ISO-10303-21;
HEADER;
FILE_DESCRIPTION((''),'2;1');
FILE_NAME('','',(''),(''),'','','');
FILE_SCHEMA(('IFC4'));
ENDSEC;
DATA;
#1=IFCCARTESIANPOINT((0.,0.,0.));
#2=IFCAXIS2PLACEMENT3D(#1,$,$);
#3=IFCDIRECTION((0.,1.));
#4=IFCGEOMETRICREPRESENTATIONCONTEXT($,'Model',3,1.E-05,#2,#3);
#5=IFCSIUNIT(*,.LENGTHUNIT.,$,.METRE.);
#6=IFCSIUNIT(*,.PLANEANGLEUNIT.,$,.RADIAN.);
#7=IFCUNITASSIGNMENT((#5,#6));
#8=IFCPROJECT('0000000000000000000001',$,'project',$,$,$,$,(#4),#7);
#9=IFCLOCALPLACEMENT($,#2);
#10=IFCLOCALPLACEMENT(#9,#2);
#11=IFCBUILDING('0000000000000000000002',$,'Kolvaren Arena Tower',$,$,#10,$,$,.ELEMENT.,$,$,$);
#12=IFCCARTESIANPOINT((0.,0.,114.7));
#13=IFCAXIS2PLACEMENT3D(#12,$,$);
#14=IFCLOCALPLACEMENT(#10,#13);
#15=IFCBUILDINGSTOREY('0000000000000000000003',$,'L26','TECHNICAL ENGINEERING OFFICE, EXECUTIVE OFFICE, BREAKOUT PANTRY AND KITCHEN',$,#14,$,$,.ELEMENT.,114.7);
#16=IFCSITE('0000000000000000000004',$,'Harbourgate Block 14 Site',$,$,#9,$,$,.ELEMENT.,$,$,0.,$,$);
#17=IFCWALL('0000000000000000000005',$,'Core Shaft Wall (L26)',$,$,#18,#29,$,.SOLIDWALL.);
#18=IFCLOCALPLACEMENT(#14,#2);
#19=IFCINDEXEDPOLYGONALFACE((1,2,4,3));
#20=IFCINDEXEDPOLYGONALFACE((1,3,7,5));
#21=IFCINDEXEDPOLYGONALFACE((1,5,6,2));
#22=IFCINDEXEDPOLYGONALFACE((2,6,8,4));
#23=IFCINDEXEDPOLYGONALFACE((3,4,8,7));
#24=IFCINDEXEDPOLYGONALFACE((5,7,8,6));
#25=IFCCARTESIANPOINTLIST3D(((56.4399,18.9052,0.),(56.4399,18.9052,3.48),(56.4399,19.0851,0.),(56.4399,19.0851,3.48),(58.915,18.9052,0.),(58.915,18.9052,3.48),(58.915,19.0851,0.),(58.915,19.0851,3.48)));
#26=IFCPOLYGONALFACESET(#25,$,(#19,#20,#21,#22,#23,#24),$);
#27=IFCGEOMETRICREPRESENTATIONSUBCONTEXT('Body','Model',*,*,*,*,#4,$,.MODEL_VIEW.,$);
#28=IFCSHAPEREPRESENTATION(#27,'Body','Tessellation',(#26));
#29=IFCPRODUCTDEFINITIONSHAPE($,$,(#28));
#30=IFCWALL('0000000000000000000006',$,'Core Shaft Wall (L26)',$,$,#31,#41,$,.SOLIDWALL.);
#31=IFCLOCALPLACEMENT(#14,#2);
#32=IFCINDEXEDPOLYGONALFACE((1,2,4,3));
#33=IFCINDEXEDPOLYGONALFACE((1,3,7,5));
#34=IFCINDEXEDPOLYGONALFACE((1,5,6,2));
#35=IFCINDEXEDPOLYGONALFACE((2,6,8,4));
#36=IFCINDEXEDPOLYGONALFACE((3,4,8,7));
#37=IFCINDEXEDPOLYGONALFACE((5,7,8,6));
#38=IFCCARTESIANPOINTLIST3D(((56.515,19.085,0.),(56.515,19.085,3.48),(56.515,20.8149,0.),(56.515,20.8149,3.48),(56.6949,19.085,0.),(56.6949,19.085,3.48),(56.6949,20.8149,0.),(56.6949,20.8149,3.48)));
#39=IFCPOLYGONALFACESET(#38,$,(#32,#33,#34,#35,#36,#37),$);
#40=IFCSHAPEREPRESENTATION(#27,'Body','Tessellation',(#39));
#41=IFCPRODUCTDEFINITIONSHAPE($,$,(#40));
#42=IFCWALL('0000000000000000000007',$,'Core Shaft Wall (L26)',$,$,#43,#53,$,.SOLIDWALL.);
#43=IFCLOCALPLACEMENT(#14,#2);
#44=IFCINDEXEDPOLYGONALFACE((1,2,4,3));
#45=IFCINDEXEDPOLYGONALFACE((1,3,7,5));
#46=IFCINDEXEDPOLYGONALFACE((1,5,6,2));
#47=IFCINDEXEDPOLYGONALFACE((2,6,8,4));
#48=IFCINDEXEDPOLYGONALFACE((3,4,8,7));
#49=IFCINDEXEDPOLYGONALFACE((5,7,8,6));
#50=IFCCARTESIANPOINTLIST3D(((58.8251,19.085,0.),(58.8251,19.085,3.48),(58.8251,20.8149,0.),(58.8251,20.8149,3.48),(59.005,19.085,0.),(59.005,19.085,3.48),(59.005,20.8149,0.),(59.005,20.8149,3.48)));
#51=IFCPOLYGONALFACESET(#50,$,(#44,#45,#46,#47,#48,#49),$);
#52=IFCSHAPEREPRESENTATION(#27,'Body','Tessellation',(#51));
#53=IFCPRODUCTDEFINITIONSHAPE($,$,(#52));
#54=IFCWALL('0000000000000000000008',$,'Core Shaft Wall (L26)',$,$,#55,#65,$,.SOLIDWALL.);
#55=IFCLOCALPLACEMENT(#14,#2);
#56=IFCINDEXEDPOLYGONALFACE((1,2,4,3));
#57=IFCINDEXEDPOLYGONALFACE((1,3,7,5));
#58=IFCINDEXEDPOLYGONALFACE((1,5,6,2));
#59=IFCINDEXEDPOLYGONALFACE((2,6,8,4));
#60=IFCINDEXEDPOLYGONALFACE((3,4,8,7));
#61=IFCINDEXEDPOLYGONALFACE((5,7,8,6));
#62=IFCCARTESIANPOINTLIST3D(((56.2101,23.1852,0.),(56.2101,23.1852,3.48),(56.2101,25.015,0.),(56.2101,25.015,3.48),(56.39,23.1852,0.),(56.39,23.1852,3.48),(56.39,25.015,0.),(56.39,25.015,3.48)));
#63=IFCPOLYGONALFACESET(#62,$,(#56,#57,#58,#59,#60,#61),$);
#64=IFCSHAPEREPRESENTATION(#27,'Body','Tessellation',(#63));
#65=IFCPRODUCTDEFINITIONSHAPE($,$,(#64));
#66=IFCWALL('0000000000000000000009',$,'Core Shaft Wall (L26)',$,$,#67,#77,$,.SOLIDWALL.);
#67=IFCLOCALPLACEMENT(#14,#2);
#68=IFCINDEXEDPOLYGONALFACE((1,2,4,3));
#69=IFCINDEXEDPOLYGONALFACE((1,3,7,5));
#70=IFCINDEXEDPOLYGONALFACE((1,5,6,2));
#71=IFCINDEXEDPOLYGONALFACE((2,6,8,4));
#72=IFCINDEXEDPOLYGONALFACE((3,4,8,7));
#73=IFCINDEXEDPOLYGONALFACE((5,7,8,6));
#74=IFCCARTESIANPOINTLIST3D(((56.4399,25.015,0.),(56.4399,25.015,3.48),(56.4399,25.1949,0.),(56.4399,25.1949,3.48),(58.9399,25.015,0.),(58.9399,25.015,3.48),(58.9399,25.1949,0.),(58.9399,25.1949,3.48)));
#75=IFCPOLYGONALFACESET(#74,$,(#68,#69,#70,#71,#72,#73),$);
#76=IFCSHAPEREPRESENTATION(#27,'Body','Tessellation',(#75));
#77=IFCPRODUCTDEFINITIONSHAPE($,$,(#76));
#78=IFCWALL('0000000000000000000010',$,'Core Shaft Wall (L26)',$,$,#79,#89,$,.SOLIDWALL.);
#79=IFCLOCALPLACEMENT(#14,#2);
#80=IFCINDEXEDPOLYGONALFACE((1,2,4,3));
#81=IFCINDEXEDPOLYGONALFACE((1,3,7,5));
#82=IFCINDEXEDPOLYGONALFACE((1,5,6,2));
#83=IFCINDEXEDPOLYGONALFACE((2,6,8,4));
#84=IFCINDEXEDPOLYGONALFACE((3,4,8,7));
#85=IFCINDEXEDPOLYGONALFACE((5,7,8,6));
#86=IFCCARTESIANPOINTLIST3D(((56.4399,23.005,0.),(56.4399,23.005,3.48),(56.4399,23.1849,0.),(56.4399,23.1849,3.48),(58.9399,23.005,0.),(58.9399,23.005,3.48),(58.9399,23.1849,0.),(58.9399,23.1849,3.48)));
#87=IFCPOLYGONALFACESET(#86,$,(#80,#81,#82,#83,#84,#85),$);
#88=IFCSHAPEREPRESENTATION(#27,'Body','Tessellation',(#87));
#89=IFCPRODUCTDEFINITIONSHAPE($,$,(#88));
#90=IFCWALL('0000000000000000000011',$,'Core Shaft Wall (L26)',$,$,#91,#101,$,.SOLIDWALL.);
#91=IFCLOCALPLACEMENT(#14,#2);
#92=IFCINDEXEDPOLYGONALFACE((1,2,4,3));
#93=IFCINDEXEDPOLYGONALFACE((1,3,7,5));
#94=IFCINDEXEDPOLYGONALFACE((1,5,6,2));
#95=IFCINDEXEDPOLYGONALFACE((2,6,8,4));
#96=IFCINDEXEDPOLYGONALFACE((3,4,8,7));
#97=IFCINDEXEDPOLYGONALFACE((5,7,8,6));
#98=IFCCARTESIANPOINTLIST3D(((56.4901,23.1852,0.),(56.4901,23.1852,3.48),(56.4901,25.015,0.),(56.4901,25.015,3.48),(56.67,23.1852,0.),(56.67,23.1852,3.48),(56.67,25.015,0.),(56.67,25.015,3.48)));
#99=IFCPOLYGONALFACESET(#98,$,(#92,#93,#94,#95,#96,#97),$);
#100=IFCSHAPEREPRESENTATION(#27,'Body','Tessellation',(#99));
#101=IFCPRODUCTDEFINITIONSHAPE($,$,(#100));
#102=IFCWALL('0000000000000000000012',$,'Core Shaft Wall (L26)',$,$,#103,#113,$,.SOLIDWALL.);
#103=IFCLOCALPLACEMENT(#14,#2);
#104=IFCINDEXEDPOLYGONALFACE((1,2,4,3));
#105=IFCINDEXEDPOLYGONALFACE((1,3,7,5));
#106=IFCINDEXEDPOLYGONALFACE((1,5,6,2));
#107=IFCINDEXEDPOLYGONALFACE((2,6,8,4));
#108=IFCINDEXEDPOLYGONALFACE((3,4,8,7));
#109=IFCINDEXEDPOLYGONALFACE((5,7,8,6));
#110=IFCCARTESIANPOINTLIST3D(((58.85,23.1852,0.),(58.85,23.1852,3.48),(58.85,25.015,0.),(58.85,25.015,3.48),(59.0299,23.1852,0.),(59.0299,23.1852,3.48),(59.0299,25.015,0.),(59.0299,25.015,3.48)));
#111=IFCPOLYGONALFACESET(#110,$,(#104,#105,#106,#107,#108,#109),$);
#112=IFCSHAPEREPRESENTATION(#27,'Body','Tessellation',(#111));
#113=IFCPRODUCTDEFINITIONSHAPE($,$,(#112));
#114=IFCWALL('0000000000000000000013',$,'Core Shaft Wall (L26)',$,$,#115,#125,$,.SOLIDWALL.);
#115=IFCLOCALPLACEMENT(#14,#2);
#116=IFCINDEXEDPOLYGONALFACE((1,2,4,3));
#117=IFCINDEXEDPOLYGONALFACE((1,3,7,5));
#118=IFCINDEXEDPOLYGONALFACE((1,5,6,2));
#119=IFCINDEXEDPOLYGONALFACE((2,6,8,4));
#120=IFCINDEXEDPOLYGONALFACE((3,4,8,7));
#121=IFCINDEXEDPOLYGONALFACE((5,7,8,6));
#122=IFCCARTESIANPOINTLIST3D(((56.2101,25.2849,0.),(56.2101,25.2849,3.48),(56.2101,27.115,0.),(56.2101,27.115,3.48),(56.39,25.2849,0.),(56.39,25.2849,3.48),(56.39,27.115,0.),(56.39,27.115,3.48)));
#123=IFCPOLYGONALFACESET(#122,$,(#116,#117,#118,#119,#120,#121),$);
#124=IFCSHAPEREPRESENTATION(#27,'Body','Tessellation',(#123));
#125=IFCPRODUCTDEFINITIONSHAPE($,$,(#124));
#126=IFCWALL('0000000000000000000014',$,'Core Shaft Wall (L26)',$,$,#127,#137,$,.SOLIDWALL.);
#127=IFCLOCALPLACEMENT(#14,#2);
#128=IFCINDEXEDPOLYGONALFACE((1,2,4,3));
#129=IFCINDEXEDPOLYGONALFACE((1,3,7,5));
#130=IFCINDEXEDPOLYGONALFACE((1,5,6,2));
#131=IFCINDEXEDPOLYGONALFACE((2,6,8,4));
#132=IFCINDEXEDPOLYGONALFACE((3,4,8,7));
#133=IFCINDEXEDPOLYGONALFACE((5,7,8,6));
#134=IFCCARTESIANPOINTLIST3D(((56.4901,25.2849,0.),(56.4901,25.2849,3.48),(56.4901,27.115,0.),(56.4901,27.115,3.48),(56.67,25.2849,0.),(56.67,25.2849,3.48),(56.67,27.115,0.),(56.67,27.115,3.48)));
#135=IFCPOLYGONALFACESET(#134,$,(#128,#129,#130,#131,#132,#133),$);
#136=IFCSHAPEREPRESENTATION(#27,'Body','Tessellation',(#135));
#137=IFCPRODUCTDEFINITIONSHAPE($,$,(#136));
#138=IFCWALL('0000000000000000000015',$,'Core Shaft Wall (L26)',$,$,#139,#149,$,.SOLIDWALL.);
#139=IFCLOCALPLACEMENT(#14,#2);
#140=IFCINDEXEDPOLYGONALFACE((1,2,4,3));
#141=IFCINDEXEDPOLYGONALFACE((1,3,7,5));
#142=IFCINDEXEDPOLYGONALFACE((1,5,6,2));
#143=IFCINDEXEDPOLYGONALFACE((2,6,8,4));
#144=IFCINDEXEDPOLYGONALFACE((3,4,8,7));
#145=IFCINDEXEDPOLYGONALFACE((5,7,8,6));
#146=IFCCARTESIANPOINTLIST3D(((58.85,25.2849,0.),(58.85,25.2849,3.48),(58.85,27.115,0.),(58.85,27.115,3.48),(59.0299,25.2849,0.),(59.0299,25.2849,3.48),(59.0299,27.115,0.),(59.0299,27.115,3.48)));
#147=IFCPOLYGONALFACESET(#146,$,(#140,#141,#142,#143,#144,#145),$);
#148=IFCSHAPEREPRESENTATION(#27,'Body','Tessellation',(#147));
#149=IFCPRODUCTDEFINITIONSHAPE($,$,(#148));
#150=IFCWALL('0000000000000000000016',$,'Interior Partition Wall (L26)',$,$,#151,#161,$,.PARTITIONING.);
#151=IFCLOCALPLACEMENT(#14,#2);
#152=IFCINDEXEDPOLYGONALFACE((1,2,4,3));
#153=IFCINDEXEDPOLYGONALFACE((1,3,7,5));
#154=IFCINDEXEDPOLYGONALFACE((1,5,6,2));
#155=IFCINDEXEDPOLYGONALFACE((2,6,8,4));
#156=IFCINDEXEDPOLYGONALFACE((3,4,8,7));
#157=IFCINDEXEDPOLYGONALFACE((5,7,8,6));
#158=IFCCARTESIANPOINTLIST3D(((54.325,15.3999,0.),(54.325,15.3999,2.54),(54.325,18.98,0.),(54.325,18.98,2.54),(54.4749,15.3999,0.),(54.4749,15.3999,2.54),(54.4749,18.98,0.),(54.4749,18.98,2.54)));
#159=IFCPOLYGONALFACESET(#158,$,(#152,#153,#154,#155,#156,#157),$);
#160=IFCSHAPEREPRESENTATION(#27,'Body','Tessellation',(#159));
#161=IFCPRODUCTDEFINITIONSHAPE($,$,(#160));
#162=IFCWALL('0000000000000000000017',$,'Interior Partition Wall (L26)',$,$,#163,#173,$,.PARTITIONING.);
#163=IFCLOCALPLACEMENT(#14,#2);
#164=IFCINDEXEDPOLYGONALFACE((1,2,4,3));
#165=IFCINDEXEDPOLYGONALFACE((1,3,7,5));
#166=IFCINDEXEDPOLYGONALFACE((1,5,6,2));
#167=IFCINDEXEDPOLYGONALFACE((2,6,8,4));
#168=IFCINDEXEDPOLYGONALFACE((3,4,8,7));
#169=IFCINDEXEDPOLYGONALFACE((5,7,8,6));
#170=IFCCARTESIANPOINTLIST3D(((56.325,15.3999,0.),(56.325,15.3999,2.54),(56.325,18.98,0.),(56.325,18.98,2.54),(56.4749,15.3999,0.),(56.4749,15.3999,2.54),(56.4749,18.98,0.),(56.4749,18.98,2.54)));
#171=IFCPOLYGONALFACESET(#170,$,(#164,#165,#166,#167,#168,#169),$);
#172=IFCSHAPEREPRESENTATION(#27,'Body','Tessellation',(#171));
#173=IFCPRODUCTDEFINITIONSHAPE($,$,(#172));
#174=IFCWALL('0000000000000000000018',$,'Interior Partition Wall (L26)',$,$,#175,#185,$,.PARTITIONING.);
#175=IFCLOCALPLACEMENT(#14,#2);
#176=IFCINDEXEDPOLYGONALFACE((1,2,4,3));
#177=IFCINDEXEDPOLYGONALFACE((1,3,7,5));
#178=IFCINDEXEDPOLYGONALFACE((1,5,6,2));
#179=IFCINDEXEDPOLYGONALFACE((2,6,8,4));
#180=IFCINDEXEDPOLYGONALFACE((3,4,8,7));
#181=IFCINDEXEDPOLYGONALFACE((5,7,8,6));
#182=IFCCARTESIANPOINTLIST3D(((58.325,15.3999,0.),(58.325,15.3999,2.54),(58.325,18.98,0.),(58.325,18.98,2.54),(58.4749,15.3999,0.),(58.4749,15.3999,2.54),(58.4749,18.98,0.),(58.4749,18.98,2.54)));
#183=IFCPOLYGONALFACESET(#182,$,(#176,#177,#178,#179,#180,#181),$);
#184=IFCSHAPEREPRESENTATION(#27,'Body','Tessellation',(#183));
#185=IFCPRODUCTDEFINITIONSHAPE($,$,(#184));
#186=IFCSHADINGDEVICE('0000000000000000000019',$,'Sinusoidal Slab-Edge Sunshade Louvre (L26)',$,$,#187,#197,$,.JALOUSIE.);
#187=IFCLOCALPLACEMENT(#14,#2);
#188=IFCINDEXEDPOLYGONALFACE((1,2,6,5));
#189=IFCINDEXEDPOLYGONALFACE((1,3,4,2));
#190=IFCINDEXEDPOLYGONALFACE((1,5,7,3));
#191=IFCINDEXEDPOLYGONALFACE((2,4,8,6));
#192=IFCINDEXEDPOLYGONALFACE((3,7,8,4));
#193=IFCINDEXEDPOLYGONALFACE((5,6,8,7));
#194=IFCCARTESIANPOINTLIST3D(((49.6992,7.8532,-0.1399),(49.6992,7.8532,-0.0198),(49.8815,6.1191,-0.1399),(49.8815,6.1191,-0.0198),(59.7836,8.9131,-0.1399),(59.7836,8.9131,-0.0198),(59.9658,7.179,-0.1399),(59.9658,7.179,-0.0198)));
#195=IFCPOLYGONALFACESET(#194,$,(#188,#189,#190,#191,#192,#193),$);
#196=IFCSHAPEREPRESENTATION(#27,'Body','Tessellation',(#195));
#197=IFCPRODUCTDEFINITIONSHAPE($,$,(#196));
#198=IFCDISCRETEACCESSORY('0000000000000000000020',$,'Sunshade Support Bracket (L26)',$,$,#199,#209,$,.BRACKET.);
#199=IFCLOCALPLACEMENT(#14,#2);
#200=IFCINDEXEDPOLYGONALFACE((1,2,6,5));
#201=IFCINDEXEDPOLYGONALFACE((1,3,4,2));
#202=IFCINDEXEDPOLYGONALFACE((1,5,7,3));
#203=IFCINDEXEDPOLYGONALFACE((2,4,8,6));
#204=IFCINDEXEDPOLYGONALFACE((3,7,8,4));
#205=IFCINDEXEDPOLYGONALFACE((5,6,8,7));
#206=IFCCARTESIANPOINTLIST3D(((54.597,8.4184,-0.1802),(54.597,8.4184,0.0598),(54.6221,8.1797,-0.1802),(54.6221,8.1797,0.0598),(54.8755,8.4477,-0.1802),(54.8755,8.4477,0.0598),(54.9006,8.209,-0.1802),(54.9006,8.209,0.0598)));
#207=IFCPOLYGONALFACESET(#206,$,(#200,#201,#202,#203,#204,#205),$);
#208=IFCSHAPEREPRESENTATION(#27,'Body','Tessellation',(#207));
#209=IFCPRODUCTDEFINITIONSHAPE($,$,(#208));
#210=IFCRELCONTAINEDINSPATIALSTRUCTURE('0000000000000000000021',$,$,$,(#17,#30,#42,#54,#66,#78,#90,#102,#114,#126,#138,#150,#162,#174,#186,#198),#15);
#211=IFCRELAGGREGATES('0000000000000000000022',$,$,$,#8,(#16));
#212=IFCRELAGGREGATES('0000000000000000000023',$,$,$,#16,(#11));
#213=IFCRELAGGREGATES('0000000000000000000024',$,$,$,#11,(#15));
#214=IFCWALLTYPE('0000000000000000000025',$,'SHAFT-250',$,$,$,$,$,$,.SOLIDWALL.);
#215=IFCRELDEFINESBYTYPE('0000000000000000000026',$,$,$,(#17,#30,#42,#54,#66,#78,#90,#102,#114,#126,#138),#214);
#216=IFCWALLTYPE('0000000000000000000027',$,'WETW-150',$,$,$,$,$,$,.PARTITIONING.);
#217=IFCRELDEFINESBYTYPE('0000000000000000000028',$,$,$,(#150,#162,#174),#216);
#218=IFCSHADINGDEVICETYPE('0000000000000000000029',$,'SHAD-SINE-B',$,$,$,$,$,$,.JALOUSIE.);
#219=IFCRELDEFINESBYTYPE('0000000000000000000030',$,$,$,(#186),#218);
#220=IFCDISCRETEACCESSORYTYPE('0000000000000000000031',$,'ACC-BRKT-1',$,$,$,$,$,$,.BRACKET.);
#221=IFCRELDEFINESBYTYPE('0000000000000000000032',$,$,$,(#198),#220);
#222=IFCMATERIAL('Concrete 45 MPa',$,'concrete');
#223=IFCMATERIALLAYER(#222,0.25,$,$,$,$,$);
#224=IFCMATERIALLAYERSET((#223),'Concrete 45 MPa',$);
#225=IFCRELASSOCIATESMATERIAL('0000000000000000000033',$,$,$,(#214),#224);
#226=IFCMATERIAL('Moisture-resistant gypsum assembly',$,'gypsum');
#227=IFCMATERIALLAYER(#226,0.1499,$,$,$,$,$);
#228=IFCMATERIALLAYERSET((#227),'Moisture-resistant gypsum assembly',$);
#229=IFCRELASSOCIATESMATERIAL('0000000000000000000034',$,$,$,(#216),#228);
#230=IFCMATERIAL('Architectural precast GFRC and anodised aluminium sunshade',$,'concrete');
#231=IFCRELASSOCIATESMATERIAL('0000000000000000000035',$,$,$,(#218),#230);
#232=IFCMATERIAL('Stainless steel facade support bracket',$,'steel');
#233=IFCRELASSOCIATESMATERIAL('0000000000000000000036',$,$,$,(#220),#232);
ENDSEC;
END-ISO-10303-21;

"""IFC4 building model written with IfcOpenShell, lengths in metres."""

from ifc_helpers import new_model, si_unit, direction, frame, frame_2d, origin, origin_2d, place, context, subcontext, project, spatial, rectangle, extrude, material, layer, layer_set, type_object, element, save


model = new_model("IFC4")

# Units and contexts
model_context = context("Model", 3, precision=1e-05, world=origin(), true_north=direction((0.0, 1.0)))
body_context = subcontext(model_context, "Body", "Model", "MODEL_VIEW")
ifc_project = project(units=[si_unit("LENGTHUNIT", "METRE"), si_unit("PLANEANGLEUNIT", "RADIAN")], contexts=[model_context])

# Site, building, storey
site_placement = place(None, origin())
site = spatial("IfcSite", under=ifc_project, at=site_placement, Name="Harbourgate Block 14 Site", CompositionType="ELEMENT", RefElevation=0.0)
building_placement = place(site_placement, origin())
building = spatial("IfcBuilding", under=site, at=building_placement, Name="Kolvaren Arena Tower", CompositionType="ELEMENT")
storey_placement = place(building_placement, frame((0.0, 0.0, 114.7)))
storey = spatial("IfcBuildingStorey", under=building, at=storey_placement, Name="L26", Description="TECHNICAL ENGINEERING OFFICE, EXECUTIVE OFFICE, BREAKOUT PANTRY AND KITCHEN", CompositionType="ELEMENT", Elevation=114.7)

# Shared definitions
ifc_material_1 = material(Name="Concrete 45 MPa", Category="concrete")
ifc_layer_1 = layer(ifc_material_1, 0.25)
ifc_layer_set_1 = layer_set([ifc_layer_1], Name="Concrete 45 MPa")
wall_type_1 = type_object("IfcWallType", Name="SHAFT-250", PredefinedType="SOLIDWALL", material=ifc_layer_set_1)

# Walls
wall_1_placement = place(storey_placement, frame((56.4399, 18.9951, 0.0), z_axis=(0.0, 0.0, 1.0), x_axis=(1.0, 0.0, 0.0)))
element("IfcWall", 1, at=wall_1_placement, inside=storey, type_object=wall_type_1, Name="Core Shaft Wall (L26)", PredefinedType="SOLIDWALL", context=body_context, shape_type="SweptSolid", body=[
    extrude(rectangle(XDim=2.4751, YDim=0.1799, at=frame_2d((1.2375, 0.0))), origin(), (0.0, 0.0, 1.0), 3.48),
])
for number, where, z_axis, x_axis, name in (
    (2, (56.605, 19.085, 0.0), (0.0, 0.0, 1.0), (0.0, 1.0, 0.0), "Core Shaft Wall (L26)"),
    (3, (58.915, 19.085, 0.0), (0.0, 0.0, 1.0), (0.0, 1.0, 0.0), "Core Shaft Wall (L26)"),
):
    element("IfcWall", number, at=place(storey_placement, frame(where, z_axis=z_axis, x_axis=x_axis)), inside=storey, type_object=wall_type_1, Name=name, PredefinedType="SOLIDWALL", context=body_context, shape_type="SweptSolid", body=[
        extrude(rectangle(XDim=1.73, YDim=0.1799, at=frame_2d((0.865, 0.0))), origin(), (0.0, 0.0, 1.0), 3.48),
    ])
wall_2_placement = place(storey_placement, frame((56.3, 23.1851, 0.0), z_axis=(0.0, 0.0, 1.0), x_axis=(0.0, 1.0, 0.0)))
element("IfcWall", 4, at=wall_2_placement, inside=storey, type_object=wall_type_1, Name="Core Shaft Wall (L26)", PredefinedType="SOLIDWALL", context=body_context, shape_type="SweptSolid", body=[
    extrude(rectangle(XDim=1.8298, YDim=0.1799, at=frame_2d((0.915, 0.0))), origin(), (0.0, 0.0, 1.0), 3.48),
])
for number, where, z_axis, x_axis, name in (
    (5, (56.4399, 25.105, 0.0), (0.0, 0.0, 1.0), (1.0, 0.0, 0.0), "Core Shaft Wall (L26)"),
    (6, (56.4399, 23.095, 0.0), (0.0, 0.0, 1.0), (1.0, 0.0, 0.0), "Core Shaft Wall (L26)"),
):
    element("IfcWall", number, at=place(storey_placement, frame(where, z_axis=z_axis, x_axis=x_axis)), inside=storey, type_object=wall_type_1, Name=name, PredefinedType="SOLIDWALL", context=body_context, shape_type="SweptSolid", body=[
        extrude(rectangle(XDim=2.5, YDim=0.1799, at=frame_2d((1.25, 0.0))), origin(), (0.0, 0.0, 1.0), 3.48),
    ])
for number, where, z_axis, x_axis, name in (
    (7, (56.5801, 23.1851, 0.0), (0.0, 0.0, 1.0), (0.0, 1.0, 0.0), "Core Shaft Wall (L26)"),
    (8, (58.9399, 23.1851, 0.0), (0.0, 0.0, 1.0), (0.0, 1.0, 0.0), "Core Shaft Wall (L26)"),
):
    element("IfcWall", number, at=place(storey_placement, frame(where, z_axis=z_axis, x_axis=x_axis)), inside=storey, type_object=wall_type_1, Name=name, PredefinedType="SOLIDWALL", context=body_context, shape_type="SweptSolid", body=[
        extrude(rectangle(XDim=1.8298, YDim=0.1799, at=frame_2d((0.915, 0.0))), origin(), (0.0, 0.0, 1.0), 3.48),
    ])
for number, where, z_axis, x_axis, name in (
    (9, (56.3, 25.2849, 0.0), (0.0, 0.0, 1.0), (0.0, 1.0, 0.0), "Core Shaft Wall (L26)"),
    (10, (56.5801, 25.2849, 0.0), (0.0, 0.0, 1.0), (0.0, 1.0, 0.0), "Core Shaft Wall (L26)"),
    (11, (58.9399, 25.2849, 0.0), (0.0, 0.0, 1.0), (0.0, 1.0, 0.0), "Core Shaft Wall (L26)"),
):
    element("IfcWall", number, at=place(storey_placement, frame(where, z_axis=z_axis, x_axis=x_axis)), inside=storey, type_object=wall_type_1, Name=name, PredefinedType="SOLIDWALL", context=body_context, shape_type="SweptSolid", body=[
        extrude(rectangle(XDim=1.8301, YDim=0.1799, at=frame_2d((0.915, 0.0))), origin(), (0.0, 0.0, 1.0), 3.48),
    ])
ifc_material_2 = material(Name="Moisture-resistant gypsum assembly", Category="gypsum")
ifc_layer_2 = layer(ifc_material_2, 0.1499)
ifc_layer_set_2 = layer_set([ifc_layer_2], Name="Moisture-resistant gypsum assembly")
wall_type_2 = type_object("IfcWallType", Name="WETW-150", PredefinedType="PARTITIONING", material=ifc_layer_set_2)
for number, where, z_axis, x_axis, name in (
    (12, (54.3999, 15.3999, 0.0), (0.0, 0.0, 1.0), (0.0, 1.0, 0.0), "Interior Partition Wall (L26)"),
    (13, (56.3999, 15.3999, 0.0), (0.0, 0.0, 1.0), (0.0, 1.0, 0.0), "Interior Partition Wall (L26)"),
    (14, (58.3999, 15.3999, 0.0), (0.0, 0.0, 1.0), (0.0, 1.0, 0.0), "Interior Partition Wall (L26)"),
):
    element("IfcWall", number, at=place(storey_placement, frame(where, z_axis=z_axis, x_axis=x_axis)), inside=storey, type_object=wall_type_2, Name=name, PredefinedType="PARTITIONING", context=body_context, shape_type="SweptSolid", body=[
        extrude(rectangle(XDim=3.5801, YDim=0.1499, at=frame_2d((1.79, 0.0))), origin(), (0.0, 0.0, 1.0), 2.54),
    ])

# Shading device
ifc_material_3 = material(Name="Architectural precast GFRC and anodised aluminium sunshade", Category="concrete")
shading_device_type = type_object("IfcShadingDeviceType", Name="SHAD-SINE-B", PredefinedType="JALOUSIE", material=ifc_material_3)
shading_device_placement = place(storey_placement, frame((54.8325, 7.5161, -0.1399), z_axis=(0.0, 0.0, 1.0), x_axis=(-0.994522, -0.104527, 0.0)))
element("IfcShadingDevice", 15, at=shading_device_placement, inside=storey, type_object=shading_device_type, Name="Sinusoidal Slab-Edge Sunshade Louvre (L26)", PredefinedType="JALOUSIE", context=body_context, shape_type="SweptSolid", body=[
    extrude(rectangle(XDim=10.1399, YDim=1.7437, at=origin_2d()), origin(), (0.0, 0.0, 1.0), 0.1201),
])

# Discrete accessory
ifc_material_4 = material(Name="Stainless steel facade support bracket", Category="steel")
discrete_accessory_type = type_object("IfcDiscreteAccessoryType", Name="ACC-BRKT-1", PredefinedType="BRACKET", material=ifc_material_4)
discrete_accessory_placement = place(storey_placement, frame((54.7488, 8.3137, -0.1802), z_axis=(0.0, 0.0, 1.0), x_axis=(-0.994522, -0.104527, 0.0)))
element("IfcDiscreteAccessory", 16, at=discrete_accessory_placement, inside=storey, type_object=discrete_accessory_type, Name="Sunshade Support Bracket (L26)", PredefinedType="BRACKET", context=body_context, shape_type="SweptSolid", body=[
    extrude(rectangle(XDim=0.28, YDim=0.24, at=origin_2d()), origin(), (0.0, 0.0, 1.0), 0.24),
])

save(model, "model.ifc")
